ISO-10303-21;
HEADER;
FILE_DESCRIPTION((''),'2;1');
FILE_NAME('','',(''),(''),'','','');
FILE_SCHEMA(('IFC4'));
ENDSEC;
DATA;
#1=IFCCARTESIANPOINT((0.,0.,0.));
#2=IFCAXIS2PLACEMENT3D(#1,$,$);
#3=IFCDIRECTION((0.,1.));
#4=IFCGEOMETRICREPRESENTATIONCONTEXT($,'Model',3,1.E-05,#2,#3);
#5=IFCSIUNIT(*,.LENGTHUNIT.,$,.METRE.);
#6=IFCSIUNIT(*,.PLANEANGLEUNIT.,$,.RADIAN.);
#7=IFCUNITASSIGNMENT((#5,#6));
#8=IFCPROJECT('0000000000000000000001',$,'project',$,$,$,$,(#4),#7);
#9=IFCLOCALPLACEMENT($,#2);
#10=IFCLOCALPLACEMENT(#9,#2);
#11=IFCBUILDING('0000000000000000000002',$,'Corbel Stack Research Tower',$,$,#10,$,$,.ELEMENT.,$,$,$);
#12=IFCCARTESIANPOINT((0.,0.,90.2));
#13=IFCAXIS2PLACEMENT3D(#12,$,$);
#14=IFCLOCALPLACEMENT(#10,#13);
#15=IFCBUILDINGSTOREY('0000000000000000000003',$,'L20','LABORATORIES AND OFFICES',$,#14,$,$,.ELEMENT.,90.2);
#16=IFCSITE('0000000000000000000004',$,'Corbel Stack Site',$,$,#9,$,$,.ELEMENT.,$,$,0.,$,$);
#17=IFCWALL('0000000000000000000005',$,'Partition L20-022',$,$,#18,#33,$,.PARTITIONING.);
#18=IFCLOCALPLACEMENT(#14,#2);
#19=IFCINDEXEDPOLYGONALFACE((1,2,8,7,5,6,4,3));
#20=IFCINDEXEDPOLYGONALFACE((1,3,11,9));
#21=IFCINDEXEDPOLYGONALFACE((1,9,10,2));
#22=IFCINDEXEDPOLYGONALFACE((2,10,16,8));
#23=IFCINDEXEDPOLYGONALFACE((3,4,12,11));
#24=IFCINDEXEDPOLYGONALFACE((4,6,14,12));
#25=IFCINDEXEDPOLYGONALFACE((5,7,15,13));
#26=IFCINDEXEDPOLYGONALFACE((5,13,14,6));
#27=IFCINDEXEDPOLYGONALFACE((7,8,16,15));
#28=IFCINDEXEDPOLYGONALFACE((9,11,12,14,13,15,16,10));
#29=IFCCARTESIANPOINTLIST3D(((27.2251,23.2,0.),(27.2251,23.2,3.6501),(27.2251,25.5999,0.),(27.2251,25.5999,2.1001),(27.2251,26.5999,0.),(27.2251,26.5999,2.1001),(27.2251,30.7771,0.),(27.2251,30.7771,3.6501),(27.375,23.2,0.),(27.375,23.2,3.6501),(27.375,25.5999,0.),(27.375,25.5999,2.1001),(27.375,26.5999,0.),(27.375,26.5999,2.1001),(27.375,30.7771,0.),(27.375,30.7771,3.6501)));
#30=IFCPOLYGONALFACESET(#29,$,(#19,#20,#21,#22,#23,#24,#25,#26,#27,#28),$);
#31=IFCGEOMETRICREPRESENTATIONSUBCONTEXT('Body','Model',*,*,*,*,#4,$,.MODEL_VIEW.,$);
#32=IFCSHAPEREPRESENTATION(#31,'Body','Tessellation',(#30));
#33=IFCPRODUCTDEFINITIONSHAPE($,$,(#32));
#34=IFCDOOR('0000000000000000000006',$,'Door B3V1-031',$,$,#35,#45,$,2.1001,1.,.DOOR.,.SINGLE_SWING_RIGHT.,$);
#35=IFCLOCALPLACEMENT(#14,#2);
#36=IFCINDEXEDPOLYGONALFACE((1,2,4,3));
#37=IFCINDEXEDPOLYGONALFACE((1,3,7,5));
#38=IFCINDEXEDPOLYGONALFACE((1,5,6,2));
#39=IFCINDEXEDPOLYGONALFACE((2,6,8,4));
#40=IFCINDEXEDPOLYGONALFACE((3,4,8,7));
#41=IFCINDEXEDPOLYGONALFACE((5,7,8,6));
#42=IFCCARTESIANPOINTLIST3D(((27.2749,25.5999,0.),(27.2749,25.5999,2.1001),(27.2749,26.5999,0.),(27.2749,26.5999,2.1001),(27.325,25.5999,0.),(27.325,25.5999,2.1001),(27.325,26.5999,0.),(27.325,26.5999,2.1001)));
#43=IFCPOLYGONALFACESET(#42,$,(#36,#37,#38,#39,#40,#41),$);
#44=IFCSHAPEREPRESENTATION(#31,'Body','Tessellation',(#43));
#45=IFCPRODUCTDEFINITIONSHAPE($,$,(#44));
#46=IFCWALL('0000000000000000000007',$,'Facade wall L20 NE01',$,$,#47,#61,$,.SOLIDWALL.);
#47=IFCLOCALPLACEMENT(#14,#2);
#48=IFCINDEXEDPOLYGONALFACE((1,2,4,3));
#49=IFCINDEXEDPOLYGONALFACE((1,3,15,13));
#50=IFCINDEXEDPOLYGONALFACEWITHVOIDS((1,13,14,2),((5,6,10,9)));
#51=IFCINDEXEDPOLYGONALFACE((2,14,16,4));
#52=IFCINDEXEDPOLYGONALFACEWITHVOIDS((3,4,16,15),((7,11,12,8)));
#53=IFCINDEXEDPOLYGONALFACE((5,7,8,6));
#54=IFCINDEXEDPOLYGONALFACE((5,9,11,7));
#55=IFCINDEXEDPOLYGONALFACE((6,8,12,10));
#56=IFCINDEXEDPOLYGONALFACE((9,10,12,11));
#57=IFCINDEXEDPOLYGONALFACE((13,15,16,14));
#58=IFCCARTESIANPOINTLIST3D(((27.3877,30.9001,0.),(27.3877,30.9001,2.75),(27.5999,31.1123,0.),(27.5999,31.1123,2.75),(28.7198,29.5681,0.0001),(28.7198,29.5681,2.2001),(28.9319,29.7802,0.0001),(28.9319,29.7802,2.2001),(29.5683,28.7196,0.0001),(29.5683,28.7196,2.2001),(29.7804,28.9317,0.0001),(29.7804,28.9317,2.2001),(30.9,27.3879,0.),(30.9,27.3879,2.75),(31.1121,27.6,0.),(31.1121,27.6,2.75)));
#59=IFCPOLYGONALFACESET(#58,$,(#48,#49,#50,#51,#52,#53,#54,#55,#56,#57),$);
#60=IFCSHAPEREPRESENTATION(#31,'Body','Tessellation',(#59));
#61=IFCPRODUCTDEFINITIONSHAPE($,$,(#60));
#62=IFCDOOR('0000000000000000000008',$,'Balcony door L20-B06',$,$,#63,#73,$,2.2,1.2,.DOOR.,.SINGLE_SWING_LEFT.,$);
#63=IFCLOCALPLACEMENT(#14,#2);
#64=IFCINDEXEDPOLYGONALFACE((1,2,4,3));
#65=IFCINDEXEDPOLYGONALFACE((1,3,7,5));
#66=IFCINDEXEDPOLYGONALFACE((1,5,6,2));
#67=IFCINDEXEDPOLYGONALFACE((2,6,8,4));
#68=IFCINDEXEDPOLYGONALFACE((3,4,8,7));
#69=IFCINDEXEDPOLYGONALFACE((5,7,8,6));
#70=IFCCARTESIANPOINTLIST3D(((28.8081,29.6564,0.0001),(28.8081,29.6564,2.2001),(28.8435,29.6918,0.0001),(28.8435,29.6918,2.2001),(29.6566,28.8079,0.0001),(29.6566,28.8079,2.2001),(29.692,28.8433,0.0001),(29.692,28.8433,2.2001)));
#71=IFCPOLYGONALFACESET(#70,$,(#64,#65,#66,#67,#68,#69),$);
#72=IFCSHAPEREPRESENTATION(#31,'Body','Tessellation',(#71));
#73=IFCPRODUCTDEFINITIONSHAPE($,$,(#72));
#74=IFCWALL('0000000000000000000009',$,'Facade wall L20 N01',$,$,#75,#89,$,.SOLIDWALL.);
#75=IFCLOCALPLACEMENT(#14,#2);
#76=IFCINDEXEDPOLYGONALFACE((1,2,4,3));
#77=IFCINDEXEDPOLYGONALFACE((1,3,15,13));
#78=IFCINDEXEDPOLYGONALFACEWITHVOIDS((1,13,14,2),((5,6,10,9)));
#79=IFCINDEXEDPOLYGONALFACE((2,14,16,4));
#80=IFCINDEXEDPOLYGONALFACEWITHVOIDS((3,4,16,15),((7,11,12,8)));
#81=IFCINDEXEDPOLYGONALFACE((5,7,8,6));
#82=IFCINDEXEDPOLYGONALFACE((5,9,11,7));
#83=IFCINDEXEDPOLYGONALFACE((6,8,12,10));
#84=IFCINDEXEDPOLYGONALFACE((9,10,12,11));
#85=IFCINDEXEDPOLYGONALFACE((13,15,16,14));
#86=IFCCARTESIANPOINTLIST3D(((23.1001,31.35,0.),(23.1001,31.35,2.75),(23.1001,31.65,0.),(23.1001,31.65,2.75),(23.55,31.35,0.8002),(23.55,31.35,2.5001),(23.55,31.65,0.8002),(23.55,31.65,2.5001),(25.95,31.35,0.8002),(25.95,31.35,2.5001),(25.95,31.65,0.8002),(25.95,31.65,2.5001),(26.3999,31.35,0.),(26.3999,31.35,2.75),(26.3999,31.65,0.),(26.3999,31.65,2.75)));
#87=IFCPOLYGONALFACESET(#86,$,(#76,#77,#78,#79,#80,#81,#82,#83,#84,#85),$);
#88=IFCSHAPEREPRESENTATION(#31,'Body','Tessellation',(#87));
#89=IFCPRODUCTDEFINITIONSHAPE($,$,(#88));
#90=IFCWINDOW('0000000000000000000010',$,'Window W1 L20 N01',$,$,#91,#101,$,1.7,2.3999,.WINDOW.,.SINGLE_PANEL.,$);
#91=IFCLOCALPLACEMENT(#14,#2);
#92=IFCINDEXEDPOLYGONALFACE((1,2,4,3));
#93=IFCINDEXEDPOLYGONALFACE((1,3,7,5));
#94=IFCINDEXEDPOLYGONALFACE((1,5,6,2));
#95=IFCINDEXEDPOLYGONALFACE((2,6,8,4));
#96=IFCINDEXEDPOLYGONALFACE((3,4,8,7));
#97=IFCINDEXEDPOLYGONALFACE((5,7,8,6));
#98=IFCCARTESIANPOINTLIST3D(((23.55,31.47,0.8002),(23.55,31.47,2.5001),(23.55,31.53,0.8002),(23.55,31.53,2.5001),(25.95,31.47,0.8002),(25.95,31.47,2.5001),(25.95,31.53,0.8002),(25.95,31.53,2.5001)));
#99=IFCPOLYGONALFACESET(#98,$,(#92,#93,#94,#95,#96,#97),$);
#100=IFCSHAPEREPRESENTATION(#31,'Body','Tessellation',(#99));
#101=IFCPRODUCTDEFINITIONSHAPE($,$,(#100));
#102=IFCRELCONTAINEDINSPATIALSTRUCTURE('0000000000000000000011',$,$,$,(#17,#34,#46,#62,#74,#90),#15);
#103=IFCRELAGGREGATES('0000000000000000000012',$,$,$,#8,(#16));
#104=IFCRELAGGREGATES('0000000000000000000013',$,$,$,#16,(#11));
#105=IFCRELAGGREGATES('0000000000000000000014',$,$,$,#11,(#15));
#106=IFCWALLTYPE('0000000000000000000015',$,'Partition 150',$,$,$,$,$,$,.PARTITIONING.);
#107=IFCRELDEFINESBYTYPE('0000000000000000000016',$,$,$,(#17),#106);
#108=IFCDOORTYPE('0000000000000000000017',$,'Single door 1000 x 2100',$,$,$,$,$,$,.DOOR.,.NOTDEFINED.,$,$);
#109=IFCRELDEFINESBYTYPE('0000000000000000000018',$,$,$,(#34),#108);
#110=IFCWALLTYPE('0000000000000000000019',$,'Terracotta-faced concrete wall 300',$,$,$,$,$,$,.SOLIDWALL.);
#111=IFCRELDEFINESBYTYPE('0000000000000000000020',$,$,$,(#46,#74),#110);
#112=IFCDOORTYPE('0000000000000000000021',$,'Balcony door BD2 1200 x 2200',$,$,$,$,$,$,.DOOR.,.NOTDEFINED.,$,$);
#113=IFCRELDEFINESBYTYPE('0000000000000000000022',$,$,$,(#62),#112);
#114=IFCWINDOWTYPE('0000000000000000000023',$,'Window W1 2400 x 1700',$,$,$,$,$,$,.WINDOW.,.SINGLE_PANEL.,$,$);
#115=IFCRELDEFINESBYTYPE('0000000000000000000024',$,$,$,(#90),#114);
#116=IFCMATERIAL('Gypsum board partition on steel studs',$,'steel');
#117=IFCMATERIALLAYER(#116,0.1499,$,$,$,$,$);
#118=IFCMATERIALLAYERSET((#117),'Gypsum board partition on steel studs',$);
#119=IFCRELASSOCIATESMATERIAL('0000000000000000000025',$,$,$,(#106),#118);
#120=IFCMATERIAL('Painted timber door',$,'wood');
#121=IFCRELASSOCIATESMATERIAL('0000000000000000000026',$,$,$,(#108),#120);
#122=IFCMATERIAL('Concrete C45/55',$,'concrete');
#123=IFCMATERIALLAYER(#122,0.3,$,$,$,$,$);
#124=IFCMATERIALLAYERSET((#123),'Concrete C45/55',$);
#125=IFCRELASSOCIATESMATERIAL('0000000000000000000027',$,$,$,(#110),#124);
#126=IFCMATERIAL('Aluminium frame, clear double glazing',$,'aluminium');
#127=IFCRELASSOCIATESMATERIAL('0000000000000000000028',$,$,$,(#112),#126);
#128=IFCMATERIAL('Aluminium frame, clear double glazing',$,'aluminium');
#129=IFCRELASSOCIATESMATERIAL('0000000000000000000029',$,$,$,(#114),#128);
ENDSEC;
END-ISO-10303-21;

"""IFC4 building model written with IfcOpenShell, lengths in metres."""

from ifc_helpers import new_model, si_unit, direction, frame, frame_2d, origin, place, context, subcontext, project, spatial, rectangle, extrude, material, layer, layer_set, type_object, element, fill, save


model = new_model("IFC4")

# Units and contexts
model_context = context("Model", 3, precision=1e-05, world=origin(), true_north=direction((0.0, 1.0)))
body_context = subcontext(model_context, "Body", "Model", "MODEL_VIEW")
ifc_project = project(units=[si_unit("LENGTHUNIT", "METRE"), si_unit("PLANEANGLEUNIT", "RADIAN")], contexts=[model_context])

# Site, building, storey
site_placement = place(None, origin())
site = spatial("IfcSite", under=ifc_project, at=site_placement, Name="Corbel Stack Site", CompositionType="ELEMENT", RefElevation=0.0)
building_placement = place(site_placement, origin())
building = spatial("IfcBuilding", under=site, at=building_placement, Name="Corbel Stack Research Tower", CompositionType="ELEMENT")
storey_placement = place(building_placement, frame((0.0, 0.0, 90.2)))
storey = spatial("IfcBuildingStorey", under=building, at=storey_placement, Name="L20", Description="LABORATORIES AND OFFICES", CompositionType="ELEMENT", Elevation=90.2)

# Walls, openings, doors
ifc_material_1 = material(Name="Gypsum board partition on steel studs", Category="steel")
ifc_layer_1 = layer(ifc_material_1, 0.1499)
ifc_layer_set_1 = layer_set([ifc_layer_1], Name="Gypsum board partition on steel studs")
wall_type_1 = type_object("IfcWallType", Name="Partition 150", PredefinedType="PARTITIONING", material=ifc_layer_set_1)
wall_1_placement = place(storey_placement, frame((27.3, 30.7771, 0.0), z_axis=(0.0, 0.0, 1.0), x_axis=(0.0, -1.0, 0.0)))
wall_1 = element("IfcWall", 1, at=wall_1_placement, inside=storey, type_object=wall_type_1, Name="Partition L20-022", PredefinedType="PARTITIONING", context=body_context, shape_type="SweptSolid", body=[
    extrude(rectangle(XDim=7.5771, YDim=0.1499, at=frame_2d((3.7886, 0.0))), origin(), (0.0, 0.0, 1.0), 3.6501),
])
opening_1_placement = place(wall_1_placement, frame((4.1772, 0.0, 0.0)))
opening_1 = element("IfcOpeningElement", 2, at=opening_1_placement, cuts=wall_1, PredefinedType="OPENING", context=body_context, shape_type="SweptSolid", body=[
    extrude(rectangle(XDim=1.0, YDim=2.1001, at=frame_2d((0.5, 1.05))), frame((0.0, 0.085, 0.0), z_axis=(0.0, -1.0, 0.0), x_axis=(1.0, 0.0, 0.0)), (0.0, 0.0, 1.0), 0.1699),
])
ifc_material_2 = material(Name="Painted timber door", Category="wood")
door_type_1 = type_object("IfcDoorType", Name="Single door 1000 x 2100", OperationType="NOTDEFINED", PredefinedType="DOOR", material=ifc_material_2)
door_1_placement = place(opening_1_placement, origin())
door_1 = element("IfcDoor", 3, at=door_1_placement, inside=storey, type_object=door_type_1, Name="Door B3V1-031", OperationType="SINGLE_SWING_RIGHT", OverallHeight=2.1001, OverallWidth=1.0, PredefinedType="DOOR", context=body_context, shape_type="SweptSolid", body=[
    extrude(rectangle(XDim=1.0, YDim=2.1001, at=frame_2d((0.5, 1.05))), frame((0.0, 0.0249, 0.0), z_axis=(0.0, -1.0, 0.0), x_axis=(1.0, 0.0, 0.0)), (0.0, 0.0, 1.0), 0.05),
])
fill(opening_1, door_1)
ifc_material_3 = material(Name="Concrete C45/55", Category="concrete")
ifc_layer_2 = layer(ifc_material_3, 0.3)
ifc_layer_set_2 = layer_set([ifc_layer_2], Name="Concrete C45/55")
wall_type_2 = type_object("IfcWallType", Name="Terracotta-faced concrete wall 300", PredefinedType="SOLIDWALL", material=ifc_layer_set_2)
wall_2_placement = place(storey_placement, frame((27.4939, 31.0061, 0.0), z_axis=(0.0, 0.0, 1.0), x_axis=(0.707107, -0.707107, 0.0)))
wall_2 = element("IfcWall", 4, at=wall_2_placement, inside=storey, type_object=wall_type_2, Name="Facade wall L20 NE01", PredefinedType="SOLIDWALL", context=body_context, shape_type="SweptSolid", body=[
    extrude(rectangle(XDim=4.967, YDim=0.3, at=frame_2d((2.4834, 0.0))), origin(), (0.0, 0.0, 1.0), 2.75),
])
opening_2_placement = place(wall_2_placement, frame((1.8835, 0.0, 0.0)))
opening_2 = element("IfcOpeningElement", 5, at=opening_2_placement, cuts=wall_2, PredefinedType="OPENING", context=body_context, shape_type="SweptSolid", body=[
    extrude(rectangle(XDim=1.2, YDim=2.2, at=frame_2d((0.6001, 1.1001))), frame((0.0, 0.1599, 0.0), z_axis=(0.0, -1.0, 0.0), x_axis=(1.0, 0.0, 0.0)), (0.0, 0.0, 1.0), 0.3201),
])
ifc_material_4 = material(Name="Aluminium frame, clear double glazing", Category="aluminium")
door_type_2 = type_object("IfcDoorType", Name="Balcony door BD2 1200 x 2200", OperationType="NOTDEFINED", PredefinedType="DOOR", material=ifc_material_4)
door_2_placement = place(opening_2_placement, origin())
door_2 = element("IfcDoor", 6, at=door_2_placement, inside=storey, type_object=door_type_2, Name="Balcony door L20-B06", OperationType="SINGLE_SWING_LEFT", OverallHeight=2.2, OverallWidth=1.2, PredefinedType="DOOR", context=body_context, shape_type="SweptSolid", body=[
    extrude(rectangle(XDim=1.2, YDim=2.2, at=frame_2d((0.6001, 1.1001))), frame((0.0, 0.0249, 0.0), z_axis=(0.0, -1.0, 0.0), x_axis=(1.0, 0.0, 0.0)), (0.0, 0.0, 1.0), 0.05),
])
fill(opening_2, door_2)

# Wall, opening, window
wall_3_placement = place(storey_placement, frame((23.1001, 31.5, 0.0), z_axis=(0.0, 0.0, 1.0), x_axis=(1.0, 0.0, 0.0)))
wall_3 = element("IfcWall", 7, at=wall_3_placement, inside=storey, type_object=wall_type_2, Name="Facade wall L20 N01", PredefinedType="SOLIDWALL", context=body_context, shape_type="SweptSolid", body=[
    extrude(rectangle(XDim=3.2998, YDim=0.3, at=frame_2d((1.6499, 0.0))), origin(), (0.0, 0.0, 1.0), 2.75),
])
opening_3_placement = place(wall_3_placement, frame((0.45, 0.0, 0.8)))
opening_3 = element("IfcOpeningElement", 8, at=opening_3_placement, cuts=wall_3, PredefinedType="OPENING", context=body_context, shape_type="SweptSolid", body=[
    extrude(rectangle(XDim=2.3999, YDim=1.7, at=frame_2d((1.2, 0.8501))), frame((0.0, 0.1599, 0.0), z_axis=(0.0, -1.0, 0.0), x_axis=(1.0, 0.0, 0.0)), (0.0, 0.0, 1.0), 0.3201),
])
ifc_material_5 = material(Name="Aluminium frame, clear double glazing", Category="aluminium")
window_type = type_object("IfcWindowType", Name="Window W1 2400 x 1700", PartitioningType="SINGLE_PANEL", PredefinedType="WINDOW", material=ifc_material_5)
window_placement = place(opening_3_placement, origin())
window = element("IfcWindow", 9, at=window_placement, inside=storey, type_object=window_type, Name="Window W1 L20 N01", OverallHeight=1.7, OverallWidth=2.3999, PartitioningType="SINGLE_PANEL", PredefinedType="WINDOW", context=body_context, shape_type="SweptSolid", body=[
    extrude(rectangle(XDim=2.3999, YDim=1.7, at=frame_2d((1.2, 0.8501))), frame((0.0, 0.03, 0.0), z_axis=(0.0, -1.0, 0.0), x_axis=(1.0, 0.0, 0.0)), (0.0, 0.0, 1.0), 0.0601),
])
fill(opening_3, window)

save(model, "model.ifc")
